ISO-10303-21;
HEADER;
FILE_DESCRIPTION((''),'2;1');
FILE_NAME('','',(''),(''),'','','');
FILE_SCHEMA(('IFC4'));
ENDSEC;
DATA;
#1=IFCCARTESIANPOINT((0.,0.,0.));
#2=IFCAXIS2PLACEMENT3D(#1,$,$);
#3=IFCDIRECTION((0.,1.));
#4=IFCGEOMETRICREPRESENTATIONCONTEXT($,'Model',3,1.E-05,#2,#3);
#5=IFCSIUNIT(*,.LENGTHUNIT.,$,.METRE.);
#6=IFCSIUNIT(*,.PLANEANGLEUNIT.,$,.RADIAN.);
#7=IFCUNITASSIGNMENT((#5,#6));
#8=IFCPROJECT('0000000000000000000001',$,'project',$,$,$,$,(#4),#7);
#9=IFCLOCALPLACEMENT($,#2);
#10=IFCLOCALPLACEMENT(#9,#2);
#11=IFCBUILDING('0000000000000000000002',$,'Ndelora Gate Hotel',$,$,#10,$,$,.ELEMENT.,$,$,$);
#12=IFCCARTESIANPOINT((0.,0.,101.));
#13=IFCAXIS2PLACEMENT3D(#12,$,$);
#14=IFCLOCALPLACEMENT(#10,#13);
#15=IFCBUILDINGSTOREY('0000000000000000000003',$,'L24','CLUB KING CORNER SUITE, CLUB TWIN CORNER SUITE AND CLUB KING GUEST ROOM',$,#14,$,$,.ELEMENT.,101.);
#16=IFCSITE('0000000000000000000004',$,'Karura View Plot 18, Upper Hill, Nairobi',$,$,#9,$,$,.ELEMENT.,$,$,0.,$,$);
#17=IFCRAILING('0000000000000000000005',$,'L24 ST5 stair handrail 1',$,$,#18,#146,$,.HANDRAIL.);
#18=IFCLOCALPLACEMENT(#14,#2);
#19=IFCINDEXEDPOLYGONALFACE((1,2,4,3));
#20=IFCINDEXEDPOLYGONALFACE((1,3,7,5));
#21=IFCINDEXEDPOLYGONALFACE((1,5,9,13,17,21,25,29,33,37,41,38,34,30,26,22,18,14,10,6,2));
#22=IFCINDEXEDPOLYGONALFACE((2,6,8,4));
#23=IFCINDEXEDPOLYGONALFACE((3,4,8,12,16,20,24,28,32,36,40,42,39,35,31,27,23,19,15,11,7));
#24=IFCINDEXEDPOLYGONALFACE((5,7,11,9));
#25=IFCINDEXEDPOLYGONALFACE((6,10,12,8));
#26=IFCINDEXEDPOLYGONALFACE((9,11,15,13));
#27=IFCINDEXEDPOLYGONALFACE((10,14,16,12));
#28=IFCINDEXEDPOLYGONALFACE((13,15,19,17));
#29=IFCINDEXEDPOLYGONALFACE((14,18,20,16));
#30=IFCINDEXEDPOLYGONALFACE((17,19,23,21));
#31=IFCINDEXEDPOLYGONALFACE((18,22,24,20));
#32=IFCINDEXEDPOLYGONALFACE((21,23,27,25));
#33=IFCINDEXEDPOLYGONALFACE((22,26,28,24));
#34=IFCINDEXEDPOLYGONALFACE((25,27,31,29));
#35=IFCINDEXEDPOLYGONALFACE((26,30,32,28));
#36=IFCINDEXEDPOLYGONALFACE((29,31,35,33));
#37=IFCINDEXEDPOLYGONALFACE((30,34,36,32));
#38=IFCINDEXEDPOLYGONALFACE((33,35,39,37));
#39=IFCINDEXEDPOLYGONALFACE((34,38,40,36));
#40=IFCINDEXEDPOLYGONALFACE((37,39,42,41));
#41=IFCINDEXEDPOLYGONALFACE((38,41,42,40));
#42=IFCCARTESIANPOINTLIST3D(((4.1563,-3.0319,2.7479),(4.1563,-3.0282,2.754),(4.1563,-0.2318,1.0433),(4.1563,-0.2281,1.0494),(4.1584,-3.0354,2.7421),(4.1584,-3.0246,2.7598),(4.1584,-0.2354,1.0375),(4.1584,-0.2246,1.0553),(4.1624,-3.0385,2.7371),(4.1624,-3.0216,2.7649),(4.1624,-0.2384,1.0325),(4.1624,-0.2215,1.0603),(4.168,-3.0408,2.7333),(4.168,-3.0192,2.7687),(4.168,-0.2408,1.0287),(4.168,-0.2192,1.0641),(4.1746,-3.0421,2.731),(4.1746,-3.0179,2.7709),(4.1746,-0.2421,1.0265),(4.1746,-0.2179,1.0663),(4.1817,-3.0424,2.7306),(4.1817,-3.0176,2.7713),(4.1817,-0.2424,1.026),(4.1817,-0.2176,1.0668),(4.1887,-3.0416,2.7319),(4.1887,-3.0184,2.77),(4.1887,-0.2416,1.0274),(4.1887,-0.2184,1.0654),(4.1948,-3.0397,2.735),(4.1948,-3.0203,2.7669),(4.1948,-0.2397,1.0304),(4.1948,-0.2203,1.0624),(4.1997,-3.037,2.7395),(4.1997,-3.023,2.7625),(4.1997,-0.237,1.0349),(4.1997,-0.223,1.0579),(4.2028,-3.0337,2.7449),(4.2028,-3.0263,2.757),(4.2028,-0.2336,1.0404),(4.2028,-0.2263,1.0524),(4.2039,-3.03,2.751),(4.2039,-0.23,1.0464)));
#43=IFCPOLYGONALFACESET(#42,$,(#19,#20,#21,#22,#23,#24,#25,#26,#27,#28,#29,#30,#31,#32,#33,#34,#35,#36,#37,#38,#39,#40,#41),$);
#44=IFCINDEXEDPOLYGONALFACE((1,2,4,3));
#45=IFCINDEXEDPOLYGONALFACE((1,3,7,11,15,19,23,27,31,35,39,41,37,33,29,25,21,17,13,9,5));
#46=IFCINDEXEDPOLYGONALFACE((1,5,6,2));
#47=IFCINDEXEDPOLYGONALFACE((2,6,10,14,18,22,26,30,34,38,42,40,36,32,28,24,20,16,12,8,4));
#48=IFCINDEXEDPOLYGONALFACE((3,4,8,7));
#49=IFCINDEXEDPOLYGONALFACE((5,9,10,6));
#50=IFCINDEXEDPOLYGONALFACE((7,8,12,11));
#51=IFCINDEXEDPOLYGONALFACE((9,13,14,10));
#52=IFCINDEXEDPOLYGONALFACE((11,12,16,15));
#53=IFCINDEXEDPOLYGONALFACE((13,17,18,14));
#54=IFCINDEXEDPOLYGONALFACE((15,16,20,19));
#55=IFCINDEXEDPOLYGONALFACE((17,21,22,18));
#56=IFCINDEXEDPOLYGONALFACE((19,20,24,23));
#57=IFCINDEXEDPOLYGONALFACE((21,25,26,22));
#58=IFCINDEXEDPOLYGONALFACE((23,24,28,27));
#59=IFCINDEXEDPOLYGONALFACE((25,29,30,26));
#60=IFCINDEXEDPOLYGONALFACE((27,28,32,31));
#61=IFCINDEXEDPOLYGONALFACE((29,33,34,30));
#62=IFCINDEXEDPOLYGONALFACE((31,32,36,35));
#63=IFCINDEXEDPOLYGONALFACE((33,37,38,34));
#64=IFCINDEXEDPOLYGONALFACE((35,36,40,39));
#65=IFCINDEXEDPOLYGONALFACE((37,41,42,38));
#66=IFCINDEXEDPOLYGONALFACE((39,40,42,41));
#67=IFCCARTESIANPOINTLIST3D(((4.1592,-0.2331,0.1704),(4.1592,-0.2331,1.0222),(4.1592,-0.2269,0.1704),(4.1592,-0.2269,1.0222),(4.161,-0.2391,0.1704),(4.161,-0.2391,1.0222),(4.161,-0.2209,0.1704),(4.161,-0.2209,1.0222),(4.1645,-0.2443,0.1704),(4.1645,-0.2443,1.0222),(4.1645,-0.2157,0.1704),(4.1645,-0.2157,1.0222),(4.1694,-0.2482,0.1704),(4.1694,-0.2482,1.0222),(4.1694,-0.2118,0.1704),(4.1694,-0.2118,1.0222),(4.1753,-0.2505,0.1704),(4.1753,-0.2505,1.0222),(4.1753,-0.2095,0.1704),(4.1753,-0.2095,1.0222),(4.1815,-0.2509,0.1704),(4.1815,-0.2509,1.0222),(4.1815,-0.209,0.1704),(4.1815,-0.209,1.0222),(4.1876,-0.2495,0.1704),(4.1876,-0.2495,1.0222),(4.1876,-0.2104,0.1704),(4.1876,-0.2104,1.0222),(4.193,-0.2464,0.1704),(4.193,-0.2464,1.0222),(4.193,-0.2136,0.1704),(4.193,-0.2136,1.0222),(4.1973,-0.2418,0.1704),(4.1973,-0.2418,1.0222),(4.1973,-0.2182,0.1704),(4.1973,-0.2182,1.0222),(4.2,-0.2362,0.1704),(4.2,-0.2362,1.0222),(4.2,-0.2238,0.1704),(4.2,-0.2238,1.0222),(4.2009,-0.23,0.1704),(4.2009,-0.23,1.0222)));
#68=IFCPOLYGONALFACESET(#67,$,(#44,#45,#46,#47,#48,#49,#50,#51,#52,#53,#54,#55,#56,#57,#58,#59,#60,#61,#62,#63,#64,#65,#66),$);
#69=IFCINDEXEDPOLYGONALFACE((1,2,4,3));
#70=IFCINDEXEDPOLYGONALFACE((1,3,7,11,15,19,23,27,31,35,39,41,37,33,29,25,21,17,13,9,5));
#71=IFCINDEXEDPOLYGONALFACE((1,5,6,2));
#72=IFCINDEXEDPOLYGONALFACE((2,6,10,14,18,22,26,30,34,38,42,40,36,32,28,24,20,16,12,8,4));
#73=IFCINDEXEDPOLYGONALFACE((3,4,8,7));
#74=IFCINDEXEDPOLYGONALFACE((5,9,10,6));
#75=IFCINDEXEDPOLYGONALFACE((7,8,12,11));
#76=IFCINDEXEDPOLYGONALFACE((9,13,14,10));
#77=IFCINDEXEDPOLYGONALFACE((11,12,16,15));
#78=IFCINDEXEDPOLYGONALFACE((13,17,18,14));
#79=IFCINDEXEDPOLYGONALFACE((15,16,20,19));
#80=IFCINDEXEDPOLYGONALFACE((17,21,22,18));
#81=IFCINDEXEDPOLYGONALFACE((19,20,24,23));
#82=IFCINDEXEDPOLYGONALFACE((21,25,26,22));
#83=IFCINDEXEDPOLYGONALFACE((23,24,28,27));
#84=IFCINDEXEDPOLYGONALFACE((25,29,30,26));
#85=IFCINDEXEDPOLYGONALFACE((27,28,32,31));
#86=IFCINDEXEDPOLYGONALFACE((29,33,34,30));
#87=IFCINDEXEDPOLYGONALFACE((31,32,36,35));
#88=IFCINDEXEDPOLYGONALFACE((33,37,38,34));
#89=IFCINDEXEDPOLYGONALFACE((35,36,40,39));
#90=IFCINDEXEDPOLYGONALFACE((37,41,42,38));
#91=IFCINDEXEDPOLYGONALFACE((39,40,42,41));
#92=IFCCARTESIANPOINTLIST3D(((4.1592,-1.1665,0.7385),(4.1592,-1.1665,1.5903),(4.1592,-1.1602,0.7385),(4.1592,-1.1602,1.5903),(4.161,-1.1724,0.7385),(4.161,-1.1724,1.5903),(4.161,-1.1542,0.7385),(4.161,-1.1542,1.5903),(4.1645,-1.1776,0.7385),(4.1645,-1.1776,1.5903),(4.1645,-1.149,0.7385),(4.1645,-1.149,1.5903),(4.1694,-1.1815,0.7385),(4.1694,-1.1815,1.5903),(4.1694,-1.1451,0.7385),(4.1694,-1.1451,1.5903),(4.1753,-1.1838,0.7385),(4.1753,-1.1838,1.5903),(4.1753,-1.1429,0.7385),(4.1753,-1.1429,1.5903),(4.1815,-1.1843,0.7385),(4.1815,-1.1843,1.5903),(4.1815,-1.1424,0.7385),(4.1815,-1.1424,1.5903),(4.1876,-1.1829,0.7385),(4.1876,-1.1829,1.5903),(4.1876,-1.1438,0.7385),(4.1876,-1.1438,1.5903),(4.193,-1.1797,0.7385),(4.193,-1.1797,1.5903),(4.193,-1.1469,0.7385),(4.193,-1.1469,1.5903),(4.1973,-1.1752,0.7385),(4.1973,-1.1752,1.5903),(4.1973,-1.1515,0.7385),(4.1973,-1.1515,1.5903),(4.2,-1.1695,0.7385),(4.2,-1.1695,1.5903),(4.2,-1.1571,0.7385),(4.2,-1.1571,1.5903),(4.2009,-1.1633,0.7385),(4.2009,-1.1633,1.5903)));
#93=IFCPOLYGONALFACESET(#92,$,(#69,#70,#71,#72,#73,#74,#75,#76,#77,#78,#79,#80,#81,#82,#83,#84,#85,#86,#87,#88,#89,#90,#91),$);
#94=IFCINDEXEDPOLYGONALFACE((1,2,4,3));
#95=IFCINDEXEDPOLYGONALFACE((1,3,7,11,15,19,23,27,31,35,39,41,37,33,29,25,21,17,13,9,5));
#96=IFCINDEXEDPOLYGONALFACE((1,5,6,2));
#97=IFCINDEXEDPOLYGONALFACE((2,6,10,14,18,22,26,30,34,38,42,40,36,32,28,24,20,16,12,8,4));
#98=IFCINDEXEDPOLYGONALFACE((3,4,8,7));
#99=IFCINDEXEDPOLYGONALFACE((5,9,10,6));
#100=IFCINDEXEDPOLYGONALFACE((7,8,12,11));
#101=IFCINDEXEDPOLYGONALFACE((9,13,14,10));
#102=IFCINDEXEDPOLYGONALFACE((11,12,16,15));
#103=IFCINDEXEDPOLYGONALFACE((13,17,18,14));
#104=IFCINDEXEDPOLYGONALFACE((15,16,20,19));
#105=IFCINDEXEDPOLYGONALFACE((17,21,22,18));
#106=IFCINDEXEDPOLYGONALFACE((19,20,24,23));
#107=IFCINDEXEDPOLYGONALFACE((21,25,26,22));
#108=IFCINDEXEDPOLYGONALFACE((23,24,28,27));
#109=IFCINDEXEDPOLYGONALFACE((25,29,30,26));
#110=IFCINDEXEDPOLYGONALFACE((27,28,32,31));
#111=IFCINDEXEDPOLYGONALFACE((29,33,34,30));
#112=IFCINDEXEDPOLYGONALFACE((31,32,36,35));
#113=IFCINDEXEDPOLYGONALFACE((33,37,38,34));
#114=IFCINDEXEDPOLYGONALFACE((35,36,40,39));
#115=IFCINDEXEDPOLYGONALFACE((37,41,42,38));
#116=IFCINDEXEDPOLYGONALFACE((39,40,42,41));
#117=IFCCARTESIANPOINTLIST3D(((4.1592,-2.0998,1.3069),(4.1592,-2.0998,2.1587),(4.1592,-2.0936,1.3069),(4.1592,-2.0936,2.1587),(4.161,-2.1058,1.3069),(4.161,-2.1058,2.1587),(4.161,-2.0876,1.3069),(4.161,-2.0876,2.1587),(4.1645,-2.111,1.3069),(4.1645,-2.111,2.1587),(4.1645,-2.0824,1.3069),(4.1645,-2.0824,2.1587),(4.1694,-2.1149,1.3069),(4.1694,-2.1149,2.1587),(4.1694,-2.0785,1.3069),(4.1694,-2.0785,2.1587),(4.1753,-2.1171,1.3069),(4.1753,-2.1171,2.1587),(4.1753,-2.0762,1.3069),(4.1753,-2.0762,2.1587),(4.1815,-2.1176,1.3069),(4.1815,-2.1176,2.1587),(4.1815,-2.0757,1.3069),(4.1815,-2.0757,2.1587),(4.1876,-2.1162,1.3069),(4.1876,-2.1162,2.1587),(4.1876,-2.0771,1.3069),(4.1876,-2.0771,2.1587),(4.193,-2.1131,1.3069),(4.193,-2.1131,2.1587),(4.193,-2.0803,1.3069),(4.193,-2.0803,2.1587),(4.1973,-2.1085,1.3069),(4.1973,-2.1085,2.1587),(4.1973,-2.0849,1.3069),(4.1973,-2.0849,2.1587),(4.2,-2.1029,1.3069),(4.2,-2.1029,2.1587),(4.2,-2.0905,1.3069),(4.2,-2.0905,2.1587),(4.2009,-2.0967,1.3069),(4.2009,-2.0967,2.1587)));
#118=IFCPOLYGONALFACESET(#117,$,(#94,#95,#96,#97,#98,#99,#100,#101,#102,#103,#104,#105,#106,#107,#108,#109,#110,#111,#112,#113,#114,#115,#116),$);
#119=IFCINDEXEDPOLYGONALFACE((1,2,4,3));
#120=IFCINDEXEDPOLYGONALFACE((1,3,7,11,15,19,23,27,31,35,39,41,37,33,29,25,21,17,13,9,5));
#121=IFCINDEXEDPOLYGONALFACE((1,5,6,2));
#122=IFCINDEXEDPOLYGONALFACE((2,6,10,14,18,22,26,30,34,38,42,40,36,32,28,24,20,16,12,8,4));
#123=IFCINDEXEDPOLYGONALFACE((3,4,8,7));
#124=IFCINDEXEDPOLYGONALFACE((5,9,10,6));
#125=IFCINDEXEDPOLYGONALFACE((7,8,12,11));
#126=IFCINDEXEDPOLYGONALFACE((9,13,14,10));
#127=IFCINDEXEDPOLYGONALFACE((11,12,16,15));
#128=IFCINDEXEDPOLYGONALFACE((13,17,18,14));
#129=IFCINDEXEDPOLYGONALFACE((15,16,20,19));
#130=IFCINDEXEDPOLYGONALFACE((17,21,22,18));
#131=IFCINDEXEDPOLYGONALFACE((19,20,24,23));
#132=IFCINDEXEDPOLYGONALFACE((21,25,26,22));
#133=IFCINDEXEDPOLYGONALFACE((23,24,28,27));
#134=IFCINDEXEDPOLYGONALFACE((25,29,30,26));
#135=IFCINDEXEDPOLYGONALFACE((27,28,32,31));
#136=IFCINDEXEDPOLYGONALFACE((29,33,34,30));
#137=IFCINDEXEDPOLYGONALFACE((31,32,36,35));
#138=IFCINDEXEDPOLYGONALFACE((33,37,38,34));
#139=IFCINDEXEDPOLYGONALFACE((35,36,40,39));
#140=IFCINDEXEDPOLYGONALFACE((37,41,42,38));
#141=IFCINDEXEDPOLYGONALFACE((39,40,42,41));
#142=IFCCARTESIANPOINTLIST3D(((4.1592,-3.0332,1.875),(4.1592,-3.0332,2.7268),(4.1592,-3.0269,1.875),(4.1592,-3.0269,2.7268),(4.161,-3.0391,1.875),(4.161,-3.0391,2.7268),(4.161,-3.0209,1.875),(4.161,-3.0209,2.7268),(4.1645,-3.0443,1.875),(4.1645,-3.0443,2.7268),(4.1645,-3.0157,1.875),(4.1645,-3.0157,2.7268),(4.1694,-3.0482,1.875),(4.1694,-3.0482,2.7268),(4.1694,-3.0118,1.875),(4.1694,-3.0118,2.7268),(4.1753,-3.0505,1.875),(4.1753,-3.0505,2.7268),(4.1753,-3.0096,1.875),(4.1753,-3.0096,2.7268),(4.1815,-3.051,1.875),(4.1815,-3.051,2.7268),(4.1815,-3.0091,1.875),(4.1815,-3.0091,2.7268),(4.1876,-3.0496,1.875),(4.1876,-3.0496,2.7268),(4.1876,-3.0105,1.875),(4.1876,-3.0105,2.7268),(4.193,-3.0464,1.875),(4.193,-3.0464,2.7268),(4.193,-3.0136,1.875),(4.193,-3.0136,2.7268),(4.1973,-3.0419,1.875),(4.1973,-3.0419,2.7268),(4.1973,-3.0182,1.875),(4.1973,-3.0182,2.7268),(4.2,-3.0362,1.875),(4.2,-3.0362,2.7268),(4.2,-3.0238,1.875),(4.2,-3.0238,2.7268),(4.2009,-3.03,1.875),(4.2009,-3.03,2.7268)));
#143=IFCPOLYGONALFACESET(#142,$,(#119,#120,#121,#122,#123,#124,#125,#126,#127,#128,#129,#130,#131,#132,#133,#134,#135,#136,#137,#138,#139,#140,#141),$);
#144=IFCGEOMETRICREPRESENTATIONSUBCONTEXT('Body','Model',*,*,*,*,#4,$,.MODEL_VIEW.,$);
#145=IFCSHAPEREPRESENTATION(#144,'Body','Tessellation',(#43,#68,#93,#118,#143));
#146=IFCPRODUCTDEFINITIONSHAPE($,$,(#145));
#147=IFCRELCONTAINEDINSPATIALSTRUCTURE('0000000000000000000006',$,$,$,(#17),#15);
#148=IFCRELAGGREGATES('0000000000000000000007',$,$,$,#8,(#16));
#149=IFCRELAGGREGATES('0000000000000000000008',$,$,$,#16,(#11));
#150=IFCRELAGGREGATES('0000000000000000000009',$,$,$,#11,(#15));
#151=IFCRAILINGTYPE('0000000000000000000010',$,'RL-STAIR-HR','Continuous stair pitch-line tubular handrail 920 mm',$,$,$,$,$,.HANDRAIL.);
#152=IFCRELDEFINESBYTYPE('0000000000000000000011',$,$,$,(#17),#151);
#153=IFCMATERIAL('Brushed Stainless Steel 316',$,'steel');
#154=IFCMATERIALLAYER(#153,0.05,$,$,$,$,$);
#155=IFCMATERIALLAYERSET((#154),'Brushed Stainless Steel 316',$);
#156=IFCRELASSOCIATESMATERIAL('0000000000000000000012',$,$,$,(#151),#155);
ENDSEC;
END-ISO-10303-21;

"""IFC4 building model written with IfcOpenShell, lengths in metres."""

from ifc_helpers import new_model, si_unit, direction, frame, origin, origin_2d, place, context, subcontext, project, spatial, circle, extrude, material, layer, layer_set, type_object, element, save


model = new_model("IFC4")

# Units and contexts
model_context = context("Model", 3, precision=1e-05, world=origin(), true_north=direction((0.0, 1.0)))
body_context = subcontext(model_context, "Body", "Model", "MODEL_VIEW")
ifc_project = project(units=[si_unit("LENGTHUNIT", "METRE"), si_unit("PLANEANGLEUNIT", "RADIAN")], contexts=[model_context])

# Site, building, storey
site_placement = place(None, origin())
site = spatial("IfcSite", under=ifc_project, at=site_placement, Name="Karura View Plot 18, Upper Hill, Nairobi", CompositionType="ELEMENT", RefElevation=0.0)
building_placement = place(site_placement, origin())
building = spatial("IfcBuilding", under=site, at=building_placement, Name="Ndelora Gate Hotel", CompositionType="ELEMENT")
storey_placement = place(building_placement, frame((0.0, 0.0, 101.0)))
storey = spatial("IfcBuildingStorey", under=building, at=storey_placement, Name="L24", Description="CLUB KING CORNER SUITE, CLUB TWIN CORNER SUITE AND CLUB KING GUEST ROOM", CompositionType="ELEMENT", Elevation=101.0)

# Railing
ifc_material_1 = material(Name="Brushed Stainless Steel 316", Category="steel")
ifc_layer_1 = layer(ifc_material_1, 0.05)
ifc_layer_set_1 = layer_set([ifc_layer_1], Name="Brushed Stainless Steel 316")
railing_type_1 = type_object("IfcRailingType", Name="RL-STAIR-HR", Description="Continuous stair pitch-line tubular handrail 920 mm", PredefinedType="HANDRAIL", material=ifc_layer_set_1)
railing_1_placement = place(storey_placement, frame((4.1799, -0.23, 0.1704)))
element("IfcRailing", 1, at=railing_1_placement, inside=storey, type_object=railing_type_1, Name="L24 ST5 stair handrail 1", PredefinedType="HANDRAIL", context=body_context, shape_type="SweptSolid", body=[
    extrude(circle(Radius=0.0239, at=origin_2d()), frame((0.0, 0.0, 0.876), z_axis=(0.0, -0.85417, 0.519994), x_axis=(1.0, 0.0, 0.0)), (0.0, 0.0, 1.0), 3.2781),
    extrude(circle(Radius=0.021, at=origin_2d()), origin(), (0.0, 0.0, 1.0), 0.8518),
    extrude(circle(Radius=0.021, at=origin_2d()), frame((0.0, -0.9333, 0.5681)), (0.0, 0.0, 1.0), 0.8518),
    extrude(circle(Radius=0.021, at=origin_2d()), frame((0.0, -1.8667, 1.1365)), (0.0, 0.0, 1.0), 0.8518),
    extrude(circle(Radius=0.021, at=origin_2d()), frame((0.0, -2.8, 1.7046)), (0.0, 0.0, 1.0), 0.8518),
])

save(model, "model.ifc")
